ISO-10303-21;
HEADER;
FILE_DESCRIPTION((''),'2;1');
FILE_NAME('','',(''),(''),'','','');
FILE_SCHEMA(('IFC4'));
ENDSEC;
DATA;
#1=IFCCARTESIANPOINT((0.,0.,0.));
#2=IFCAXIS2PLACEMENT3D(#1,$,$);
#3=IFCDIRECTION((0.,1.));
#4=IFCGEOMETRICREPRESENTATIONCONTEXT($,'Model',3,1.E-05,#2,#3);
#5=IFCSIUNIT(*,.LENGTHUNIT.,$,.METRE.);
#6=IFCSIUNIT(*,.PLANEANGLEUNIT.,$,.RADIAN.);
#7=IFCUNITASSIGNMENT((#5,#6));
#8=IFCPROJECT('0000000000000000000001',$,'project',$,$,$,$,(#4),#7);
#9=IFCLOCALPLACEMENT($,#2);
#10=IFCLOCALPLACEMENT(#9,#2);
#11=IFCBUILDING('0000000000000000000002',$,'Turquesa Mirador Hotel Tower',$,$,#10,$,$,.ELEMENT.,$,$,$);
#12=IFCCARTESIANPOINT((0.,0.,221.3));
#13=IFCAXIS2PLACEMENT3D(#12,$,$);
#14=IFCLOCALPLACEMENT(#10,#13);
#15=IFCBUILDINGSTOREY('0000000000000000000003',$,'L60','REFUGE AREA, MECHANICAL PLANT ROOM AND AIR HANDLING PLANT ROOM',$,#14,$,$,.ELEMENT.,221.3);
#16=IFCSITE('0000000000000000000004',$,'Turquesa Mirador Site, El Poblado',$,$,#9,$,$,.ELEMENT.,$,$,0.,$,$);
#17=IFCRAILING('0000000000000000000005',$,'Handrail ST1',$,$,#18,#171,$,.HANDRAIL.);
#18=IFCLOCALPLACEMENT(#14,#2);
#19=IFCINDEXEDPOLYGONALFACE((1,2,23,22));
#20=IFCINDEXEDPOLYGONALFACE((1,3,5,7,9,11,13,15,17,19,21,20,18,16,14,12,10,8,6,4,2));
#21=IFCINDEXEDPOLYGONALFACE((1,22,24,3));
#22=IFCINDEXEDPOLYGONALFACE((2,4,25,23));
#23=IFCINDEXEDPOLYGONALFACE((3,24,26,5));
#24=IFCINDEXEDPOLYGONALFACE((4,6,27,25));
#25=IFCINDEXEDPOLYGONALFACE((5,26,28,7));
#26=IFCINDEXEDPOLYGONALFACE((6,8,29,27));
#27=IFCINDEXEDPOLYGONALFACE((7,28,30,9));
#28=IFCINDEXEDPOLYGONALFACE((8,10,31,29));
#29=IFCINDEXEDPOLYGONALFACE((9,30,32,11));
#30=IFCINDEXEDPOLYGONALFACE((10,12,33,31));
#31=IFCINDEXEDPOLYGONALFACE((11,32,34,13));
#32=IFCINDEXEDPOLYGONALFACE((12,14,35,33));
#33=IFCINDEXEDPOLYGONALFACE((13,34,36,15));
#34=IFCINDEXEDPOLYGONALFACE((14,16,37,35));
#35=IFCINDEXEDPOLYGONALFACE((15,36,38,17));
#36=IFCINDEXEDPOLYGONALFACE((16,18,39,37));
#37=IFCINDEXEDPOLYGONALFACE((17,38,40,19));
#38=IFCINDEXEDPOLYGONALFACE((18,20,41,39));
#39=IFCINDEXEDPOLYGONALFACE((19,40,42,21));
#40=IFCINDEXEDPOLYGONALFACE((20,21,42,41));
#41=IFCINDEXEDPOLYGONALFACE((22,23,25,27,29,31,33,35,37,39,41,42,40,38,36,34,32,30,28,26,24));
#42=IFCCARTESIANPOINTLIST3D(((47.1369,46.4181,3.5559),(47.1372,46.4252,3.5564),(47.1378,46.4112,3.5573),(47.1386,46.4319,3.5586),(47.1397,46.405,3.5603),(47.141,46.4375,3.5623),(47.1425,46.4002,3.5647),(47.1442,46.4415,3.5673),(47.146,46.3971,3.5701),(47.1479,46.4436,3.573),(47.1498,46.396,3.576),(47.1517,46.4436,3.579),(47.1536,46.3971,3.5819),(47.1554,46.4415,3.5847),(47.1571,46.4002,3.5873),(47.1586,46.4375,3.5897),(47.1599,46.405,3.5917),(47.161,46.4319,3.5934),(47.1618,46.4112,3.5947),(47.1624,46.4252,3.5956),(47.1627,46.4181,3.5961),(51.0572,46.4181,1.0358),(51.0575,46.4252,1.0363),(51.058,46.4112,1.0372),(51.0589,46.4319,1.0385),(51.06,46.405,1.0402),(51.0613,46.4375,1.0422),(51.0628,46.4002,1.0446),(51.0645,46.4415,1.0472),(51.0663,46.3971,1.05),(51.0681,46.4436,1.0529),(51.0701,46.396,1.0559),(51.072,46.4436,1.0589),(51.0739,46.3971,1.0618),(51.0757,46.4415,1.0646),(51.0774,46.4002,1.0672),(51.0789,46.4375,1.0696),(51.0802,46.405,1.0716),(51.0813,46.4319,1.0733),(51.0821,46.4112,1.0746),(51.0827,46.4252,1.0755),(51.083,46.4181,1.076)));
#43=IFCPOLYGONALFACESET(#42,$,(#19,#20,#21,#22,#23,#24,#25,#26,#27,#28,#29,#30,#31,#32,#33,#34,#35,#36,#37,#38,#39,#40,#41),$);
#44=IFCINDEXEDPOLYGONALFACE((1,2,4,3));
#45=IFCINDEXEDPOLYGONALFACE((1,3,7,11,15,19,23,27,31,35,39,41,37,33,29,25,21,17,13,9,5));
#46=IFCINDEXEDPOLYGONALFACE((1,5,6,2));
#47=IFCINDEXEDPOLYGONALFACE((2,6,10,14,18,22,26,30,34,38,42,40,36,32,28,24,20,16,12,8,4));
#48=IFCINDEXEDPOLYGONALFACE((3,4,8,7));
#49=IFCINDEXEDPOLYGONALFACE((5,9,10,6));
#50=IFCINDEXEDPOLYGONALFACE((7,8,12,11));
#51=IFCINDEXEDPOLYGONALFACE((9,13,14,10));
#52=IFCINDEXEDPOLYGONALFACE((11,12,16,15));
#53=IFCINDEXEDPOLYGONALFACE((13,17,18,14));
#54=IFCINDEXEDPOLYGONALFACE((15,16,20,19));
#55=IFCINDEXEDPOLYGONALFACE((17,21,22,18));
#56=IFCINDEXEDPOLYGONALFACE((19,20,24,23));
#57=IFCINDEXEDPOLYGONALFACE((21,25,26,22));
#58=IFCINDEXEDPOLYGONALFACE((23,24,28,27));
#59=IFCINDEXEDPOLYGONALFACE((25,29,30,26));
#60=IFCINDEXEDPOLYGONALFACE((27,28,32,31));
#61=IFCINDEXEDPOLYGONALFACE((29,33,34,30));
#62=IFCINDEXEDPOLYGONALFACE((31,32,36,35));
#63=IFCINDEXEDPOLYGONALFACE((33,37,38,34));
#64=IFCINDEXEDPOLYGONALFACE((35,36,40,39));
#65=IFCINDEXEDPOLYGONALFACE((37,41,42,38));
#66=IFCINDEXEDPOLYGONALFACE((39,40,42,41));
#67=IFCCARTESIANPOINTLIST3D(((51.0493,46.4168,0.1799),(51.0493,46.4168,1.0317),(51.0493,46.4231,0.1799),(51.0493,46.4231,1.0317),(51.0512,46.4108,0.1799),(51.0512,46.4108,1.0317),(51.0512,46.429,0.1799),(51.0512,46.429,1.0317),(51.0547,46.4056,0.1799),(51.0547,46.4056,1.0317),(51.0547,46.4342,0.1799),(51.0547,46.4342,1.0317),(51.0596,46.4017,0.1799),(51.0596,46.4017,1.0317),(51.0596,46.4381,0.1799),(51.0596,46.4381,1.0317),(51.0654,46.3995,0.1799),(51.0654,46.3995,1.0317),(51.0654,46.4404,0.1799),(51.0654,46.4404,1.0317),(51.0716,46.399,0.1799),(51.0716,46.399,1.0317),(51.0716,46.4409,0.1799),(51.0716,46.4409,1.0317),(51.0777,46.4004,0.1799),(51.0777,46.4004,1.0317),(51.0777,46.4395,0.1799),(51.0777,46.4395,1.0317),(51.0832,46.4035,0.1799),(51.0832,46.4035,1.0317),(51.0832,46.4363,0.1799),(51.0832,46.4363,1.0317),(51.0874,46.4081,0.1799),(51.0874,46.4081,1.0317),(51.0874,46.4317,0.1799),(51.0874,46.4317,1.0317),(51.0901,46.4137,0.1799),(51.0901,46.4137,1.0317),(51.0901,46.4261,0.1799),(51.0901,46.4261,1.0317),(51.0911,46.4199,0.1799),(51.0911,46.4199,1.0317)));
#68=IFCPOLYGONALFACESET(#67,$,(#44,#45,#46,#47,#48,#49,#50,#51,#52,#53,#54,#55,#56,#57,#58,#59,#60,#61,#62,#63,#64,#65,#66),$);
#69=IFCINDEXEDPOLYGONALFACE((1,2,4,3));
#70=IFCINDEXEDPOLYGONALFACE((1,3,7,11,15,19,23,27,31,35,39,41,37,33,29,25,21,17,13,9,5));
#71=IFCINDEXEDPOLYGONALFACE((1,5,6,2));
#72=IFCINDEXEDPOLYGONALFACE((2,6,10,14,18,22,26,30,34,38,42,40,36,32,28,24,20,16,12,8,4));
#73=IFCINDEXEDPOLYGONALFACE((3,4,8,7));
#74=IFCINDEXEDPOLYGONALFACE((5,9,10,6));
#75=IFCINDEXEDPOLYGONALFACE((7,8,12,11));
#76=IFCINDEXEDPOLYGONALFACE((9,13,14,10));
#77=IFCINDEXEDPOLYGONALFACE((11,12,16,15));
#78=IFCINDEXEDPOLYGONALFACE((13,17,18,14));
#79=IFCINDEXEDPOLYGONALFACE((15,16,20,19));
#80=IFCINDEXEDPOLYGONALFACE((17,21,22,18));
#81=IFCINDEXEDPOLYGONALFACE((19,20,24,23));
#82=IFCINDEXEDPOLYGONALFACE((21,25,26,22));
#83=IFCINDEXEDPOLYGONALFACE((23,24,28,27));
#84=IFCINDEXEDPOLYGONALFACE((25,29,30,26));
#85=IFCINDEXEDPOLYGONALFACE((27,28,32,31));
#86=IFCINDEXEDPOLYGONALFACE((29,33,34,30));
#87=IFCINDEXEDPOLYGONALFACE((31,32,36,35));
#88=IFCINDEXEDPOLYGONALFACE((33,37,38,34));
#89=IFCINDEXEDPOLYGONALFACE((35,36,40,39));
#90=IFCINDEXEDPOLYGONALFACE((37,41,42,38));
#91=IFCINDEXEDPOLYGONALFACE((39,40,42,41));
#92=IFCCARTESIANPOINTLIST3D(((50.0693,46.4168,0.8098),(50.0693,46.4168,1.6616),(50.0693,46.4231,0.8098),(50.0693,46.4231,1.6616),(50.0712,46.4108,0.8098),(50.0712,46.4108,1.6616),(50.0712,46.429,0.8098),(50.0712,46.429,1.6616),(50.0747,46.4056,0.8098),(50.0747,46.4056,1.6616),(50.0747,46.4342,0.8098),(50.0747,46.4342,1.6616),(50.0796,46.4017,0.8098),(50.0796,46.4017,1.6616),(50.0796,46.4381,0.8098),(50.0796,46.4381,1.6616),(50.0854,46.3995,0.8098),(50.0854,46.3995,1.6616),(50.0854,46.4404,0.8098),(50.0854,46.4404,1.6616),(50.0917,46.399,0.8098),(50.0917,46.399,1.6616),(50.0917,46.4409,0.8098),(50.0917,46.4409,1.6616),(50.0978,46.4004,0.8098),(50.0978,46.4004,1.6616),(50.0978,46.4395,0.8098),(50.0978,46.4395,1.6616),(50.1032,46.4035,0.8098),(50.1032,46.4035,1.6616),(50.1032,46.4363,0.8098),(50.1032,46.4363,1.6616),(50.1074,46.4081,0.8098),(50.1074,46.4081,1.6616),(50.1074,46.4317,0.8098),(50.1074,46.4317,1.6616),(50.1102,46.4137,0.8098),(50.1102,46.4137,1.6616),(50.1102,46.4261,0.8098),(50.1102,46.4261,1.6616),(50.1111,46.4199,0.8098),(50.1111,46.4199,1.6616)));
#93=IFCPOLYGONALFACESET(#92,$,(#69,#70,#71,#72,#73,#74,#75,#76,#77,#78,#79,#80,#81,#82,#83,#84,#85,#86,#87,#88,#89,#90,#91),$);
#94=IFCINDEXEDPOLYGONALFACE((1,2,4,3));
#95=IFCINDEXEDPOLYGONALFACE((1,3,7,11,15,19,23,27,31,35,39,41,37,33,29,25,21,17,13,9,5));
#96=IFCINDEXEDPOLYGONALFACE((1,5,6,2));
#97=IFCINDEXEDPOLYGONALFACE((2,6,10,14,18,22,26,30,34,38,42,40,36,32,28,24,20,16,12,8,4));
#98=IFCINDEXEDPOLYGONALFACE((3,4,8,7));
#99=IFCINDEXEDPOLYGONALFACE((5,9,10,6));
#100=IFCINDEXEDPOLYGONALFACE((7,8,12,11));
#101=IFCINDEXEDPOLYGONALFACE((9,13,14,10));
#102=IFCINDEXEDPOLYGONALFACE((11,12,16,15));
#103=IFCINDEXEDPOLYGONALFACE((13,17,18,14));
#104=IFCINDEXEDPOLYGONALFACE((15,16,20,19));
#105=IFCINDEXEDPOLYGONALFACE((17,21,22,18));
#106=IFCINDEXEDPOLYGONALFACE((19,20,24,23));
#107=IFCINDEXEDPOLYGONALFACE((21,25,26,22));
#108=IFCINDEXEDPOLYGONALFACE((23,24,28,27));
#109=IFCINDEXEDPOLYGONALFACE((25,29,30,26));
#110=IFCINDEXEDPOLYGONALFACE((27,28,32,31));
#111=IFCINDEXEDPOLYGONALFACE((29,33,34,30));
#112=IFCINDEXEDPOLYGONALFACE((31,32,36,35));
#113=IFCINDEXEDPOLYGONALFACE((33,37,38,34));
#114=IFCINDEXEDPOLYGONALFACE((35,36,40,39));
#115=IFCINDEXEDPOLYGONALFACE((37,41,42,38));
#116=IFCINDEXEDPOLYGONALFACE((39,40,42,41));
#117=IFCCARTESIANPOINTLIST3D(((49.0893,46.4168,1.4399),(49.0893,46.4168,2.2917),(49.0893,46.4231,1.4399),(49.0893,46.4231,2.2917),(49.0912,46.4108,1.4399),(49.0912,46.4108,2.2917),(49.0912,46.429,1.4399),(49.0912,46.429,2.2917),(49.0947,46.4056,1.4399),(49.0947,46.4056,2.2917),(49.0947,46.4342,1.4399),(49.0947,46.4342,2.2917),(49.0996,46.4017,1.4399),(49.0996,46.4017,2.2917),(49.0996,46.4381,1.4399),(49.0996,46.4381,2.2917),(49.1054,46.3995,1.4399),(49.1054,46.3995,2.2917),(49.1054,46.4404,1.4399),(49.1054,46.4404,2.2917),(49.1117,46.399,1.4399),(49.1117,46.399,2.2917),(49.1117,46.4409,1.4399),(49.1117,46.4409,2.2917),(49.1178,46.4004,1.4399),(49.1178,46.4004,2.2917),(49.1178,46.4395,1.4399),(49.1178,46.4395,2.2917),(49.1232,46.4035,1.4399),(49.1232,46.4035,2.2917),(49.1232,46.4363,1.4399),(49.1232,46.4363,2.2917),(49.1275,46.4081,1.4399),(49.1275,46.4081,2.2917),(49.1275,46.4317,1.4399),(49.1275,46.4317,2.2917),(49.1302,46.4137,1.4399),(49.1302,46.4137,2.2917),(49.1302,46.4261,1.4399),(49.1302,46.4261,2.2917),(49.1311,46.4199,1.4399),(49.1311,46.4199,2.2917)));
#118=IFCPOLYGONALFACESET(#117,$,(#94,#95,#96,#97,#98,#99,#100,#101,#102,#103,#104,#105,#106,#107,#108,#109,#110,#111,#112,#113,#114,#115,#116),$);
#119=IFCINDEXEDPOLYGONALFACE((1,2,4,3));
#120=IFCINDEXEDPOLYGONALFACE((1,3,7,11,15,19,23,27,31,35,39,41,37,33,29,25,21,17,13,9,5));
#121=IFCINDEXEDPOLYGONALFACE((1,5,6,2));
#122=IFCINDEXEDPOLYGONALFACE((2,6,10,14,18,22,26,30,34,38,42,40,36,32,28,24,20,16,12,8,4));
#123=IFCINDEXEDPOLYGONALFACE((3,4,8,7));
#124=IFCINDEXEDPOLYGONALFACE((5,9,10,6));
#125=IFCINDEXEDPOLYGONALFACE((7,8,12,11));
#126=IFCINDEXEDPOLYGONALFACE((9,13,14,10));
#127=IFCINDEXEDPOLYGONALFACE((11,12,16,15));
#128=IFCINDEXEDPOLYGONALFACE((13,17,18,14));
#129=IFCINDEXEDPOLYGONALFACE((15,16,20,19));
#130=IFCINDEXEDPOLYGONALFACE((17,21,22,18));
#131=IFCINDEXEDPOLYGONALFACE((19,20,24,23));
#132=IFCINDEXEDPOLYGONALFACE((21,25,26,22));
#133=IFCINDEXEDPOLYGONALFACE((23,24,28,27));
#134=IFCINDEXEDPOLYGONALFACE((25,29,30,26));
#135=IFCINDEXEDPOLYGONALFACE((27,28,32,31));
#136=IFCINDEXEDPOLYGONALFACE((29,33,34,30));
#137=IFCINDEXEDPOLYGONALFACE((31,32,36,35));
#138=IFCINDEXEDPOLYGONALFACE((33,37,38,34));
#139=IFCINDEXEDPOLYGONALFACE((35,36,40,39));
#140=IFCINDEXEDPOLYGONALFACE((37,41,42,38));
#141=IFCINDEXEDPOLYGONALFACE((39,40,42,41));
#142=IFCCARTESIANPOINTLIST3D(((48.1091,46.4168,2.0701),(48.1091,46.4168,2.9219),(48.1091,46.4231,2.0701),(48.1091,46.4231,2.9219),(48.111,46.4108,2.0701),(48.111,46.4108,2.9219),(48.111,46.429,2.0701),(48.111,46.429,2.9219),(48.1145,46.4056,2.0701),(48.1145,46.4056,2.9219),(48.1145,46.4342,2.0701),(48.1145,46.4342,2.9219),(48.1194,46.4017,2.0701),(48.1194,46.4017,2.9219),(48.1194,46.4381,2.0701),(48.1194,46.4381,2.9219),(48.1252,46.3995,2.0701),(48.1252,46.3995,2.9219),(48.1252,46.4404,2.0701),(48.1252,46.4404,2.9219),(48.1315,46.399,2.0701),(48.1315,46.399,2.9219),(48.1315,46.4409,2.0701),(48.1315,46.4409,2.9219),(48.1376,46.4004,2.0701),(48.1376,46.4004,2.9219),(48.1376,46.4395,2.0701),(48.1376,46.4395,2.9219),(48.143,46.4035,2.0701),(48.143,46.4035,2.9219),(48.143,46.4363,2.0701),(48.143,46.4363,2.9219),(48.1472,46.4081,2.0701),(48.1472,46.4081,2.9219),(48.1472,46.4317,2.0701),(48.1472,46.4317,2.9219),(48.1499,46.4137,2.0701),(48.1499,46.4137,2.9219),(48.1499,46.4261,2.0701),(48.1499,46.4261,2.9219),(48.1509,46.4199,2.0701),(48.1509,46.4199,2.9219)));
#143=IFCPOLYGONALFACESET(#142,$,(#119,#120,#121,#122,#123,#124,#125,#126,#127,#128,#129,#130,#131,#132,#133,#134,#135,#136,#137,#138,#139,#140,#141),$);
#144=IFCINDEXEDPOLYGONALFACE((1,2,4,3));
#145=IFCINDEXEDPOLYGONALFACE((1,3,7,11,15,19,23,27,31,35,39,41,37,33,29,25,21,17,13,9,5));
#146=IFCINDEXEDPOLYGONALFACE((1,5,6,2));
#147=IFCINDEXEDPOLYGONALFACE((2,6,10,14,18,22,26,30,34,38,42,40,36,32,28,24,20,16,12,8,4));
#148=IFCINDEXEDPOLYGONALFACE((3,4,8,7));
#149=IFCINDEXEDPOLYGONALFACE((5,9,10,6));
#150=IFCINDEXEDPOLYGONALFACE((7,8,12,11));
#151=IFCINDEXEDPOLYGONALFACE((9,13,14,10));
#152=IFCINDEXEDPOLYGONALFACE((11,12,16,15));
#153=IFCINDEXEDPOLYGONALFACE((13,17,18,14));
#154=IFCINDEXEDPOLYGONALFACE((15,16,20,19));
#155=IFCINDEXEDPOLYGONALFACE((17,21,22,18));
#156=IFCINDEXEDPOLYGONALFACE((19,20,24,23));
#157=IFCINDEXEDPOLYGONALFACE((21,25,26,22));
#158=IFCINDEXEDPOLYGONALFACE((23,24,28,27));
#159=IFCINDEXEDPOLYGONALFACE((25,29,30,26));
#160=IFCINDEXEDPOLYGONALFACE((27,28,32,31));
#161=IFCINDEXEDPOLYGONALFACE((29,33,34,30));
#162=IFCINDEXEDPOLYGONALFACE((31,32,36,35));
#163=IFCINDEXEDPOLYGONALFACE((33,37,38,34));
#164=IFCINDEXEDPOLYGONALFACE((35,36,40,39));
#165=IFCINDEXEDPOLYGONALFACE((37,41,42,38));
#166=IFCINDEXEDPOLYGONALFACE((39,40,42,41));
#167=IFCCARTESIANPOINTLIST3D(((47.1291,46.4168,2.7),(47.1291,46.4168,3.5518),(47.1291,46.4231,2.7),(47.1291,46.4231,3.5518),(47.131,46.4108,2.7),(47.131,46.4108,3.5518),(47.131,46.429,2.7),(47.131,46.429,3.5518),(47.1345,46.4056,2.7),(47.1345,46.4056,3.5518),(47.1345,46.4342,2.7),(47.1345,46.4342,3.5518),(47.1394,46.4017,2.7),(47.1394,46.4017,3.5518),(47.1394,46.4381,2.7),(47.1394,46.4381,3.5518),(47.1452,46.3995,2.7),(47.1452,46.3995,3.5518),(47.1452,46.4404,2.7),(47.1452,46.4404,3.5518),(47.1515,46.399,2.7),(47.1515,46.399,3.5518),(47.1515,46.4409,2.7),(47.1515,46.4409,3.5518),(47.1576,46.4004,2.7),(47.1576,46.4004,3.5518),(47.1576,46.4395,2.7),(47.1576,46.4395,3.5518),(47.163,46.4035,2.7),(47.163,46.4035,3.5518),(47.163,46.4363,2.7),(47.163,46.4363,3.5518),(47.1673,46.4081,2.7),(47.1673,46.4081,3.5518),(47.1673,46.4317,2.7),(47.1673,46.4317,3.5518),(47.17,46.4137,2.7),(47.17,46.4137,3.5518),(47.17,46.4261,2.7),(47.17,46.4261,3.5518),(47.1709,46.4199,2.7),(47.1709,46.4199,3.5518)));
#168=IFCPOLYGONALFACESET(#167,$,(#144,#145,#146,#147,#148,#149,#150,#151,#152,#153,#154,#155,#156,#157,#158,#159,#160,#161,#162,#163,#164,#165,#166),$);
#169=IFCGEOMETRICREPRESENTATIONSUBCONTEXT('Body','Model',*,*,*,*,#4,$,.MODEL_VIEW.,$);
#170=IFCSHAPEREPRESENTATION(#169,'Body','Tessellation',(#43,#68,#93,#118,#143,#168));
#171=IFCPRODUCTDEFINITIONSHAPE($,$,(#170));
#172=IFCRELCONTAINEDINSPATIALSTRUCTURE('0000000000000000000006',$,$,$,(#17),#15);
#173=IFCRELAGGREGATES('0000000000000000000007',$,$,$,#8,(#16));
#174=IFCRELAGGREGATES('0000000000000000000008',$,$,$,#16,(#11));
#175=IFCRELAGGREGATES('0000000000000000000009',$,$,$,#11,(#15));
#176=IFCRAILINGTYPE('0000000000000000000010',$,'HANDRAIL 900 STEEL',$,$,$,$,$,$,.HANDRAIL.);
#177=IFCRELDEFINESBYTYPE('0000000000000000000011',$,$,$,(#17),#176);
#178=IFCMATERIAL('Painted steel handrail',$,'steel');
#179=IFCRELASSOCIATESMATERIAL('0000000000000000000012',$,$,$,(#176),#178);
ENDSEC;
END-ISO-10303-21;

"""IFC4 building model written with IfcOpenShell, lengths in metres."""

from ifc_helpers import new_model, si_unit, direction, frame, origin, origin_2d, place, context, subcontext, project, spatial, circle, extrude, material, type_object, element, save


model = new_model("IFC4")

# Units and contexts
model_context = context("Model", 3, precision=1e-05, world=origin(), true_north=direction((0.0, 1.0)))
body_context = subcontext(model_context, "Body", "Model", "MODEL_VIEW")
ifc_project = project(units=[si_unit("LENGTHUNIT", "METRE"), si_unit("PLANEANGLEUNIT", "RADIAN")], contexts=[model_context])

# Site, building, storey
site_placement = place(None, origin())
site = spatial("IfcSite", under=ifc_project, at=site_placement, Name="Turquesa Mirador Site, El Poblado", CompositionType="ELEMENT", RefElevation=0.0)
building_placement = place(site_placement, origin())
building = spatial("IfcBuilding", under=site, at=building_placement, Name="Turquesa Mirador Hotel Tower", CompositionType="ELEMENT")
storey_placement = place(building_placement, frame((0.0, 0.0, 221.3)))
storey = spatial("IfcBuildingStorey", under=building, at=storey_placement, Name="L60", Description="REFUGE AREA, MECHANICAL PLANT ROOM AND AIR HANDLING PLANT ROOM", CompositionType="ELEMENT", Elevation=221.3)

# Railing
ifc_material_1 = material(Name="Painted steel handrail", Category="steel")
railing_type = type_object("IfcRailingType", Name="HANDRAIL 900 STEEL", PredefinedType="HANDRAIL", material=ifc_material_1)
for number, where, name in (
    (1, (51.0701, 46.4199, 0.1799), "Handrail ST1"),
):
    element("IfcRailing", number, at=place(storey_placement, frame(where)), inside=storey, type_object=railing_type, Name=name, PredefinedType="HANDRAIL", context=body_context, shape_type="SweptSolid", body=[
        extrude(circle(Radius=0.0239, at=origin_2d()), frame((0.0, 0.0, 0.876), z_axis=(-0.841187, 0.0, 0.540744), x_axis=(0.0, -1.0, 0.0)), (0.0, 0.0, 1.0), 4.6604),
        extrude(circle(Radius=0.021, at=origin_2d()), origin(), (0.0, 0.0, 1.0), 0.8518),
        extrude(circle(Radius=0.021, at=origin_2d()), frame((-0.98, 0.0, 0.6299)), (0.0, 0.0, 1.0), 0.8518),
        extrude(circle(Radius=0.021, at=origin_2d()), frame((-1.96, 0.0, 1.26)), (0.0, 0.0, 1.0), 0.8518),
        extrude(circle(Radius=0.021, at=origin_2d()), frame((-2.9402, 0.0, 1.8901)), (0.0, 0.0, 1.0), 0.8518),
        extrude(circle(Radius=0.021, at=origin_2d()), frame((-3.9202, 0.0, 2.52)), (0.0, 0.0, 1.0), 0.8518),
    ])

save(model, "model.ifc")
